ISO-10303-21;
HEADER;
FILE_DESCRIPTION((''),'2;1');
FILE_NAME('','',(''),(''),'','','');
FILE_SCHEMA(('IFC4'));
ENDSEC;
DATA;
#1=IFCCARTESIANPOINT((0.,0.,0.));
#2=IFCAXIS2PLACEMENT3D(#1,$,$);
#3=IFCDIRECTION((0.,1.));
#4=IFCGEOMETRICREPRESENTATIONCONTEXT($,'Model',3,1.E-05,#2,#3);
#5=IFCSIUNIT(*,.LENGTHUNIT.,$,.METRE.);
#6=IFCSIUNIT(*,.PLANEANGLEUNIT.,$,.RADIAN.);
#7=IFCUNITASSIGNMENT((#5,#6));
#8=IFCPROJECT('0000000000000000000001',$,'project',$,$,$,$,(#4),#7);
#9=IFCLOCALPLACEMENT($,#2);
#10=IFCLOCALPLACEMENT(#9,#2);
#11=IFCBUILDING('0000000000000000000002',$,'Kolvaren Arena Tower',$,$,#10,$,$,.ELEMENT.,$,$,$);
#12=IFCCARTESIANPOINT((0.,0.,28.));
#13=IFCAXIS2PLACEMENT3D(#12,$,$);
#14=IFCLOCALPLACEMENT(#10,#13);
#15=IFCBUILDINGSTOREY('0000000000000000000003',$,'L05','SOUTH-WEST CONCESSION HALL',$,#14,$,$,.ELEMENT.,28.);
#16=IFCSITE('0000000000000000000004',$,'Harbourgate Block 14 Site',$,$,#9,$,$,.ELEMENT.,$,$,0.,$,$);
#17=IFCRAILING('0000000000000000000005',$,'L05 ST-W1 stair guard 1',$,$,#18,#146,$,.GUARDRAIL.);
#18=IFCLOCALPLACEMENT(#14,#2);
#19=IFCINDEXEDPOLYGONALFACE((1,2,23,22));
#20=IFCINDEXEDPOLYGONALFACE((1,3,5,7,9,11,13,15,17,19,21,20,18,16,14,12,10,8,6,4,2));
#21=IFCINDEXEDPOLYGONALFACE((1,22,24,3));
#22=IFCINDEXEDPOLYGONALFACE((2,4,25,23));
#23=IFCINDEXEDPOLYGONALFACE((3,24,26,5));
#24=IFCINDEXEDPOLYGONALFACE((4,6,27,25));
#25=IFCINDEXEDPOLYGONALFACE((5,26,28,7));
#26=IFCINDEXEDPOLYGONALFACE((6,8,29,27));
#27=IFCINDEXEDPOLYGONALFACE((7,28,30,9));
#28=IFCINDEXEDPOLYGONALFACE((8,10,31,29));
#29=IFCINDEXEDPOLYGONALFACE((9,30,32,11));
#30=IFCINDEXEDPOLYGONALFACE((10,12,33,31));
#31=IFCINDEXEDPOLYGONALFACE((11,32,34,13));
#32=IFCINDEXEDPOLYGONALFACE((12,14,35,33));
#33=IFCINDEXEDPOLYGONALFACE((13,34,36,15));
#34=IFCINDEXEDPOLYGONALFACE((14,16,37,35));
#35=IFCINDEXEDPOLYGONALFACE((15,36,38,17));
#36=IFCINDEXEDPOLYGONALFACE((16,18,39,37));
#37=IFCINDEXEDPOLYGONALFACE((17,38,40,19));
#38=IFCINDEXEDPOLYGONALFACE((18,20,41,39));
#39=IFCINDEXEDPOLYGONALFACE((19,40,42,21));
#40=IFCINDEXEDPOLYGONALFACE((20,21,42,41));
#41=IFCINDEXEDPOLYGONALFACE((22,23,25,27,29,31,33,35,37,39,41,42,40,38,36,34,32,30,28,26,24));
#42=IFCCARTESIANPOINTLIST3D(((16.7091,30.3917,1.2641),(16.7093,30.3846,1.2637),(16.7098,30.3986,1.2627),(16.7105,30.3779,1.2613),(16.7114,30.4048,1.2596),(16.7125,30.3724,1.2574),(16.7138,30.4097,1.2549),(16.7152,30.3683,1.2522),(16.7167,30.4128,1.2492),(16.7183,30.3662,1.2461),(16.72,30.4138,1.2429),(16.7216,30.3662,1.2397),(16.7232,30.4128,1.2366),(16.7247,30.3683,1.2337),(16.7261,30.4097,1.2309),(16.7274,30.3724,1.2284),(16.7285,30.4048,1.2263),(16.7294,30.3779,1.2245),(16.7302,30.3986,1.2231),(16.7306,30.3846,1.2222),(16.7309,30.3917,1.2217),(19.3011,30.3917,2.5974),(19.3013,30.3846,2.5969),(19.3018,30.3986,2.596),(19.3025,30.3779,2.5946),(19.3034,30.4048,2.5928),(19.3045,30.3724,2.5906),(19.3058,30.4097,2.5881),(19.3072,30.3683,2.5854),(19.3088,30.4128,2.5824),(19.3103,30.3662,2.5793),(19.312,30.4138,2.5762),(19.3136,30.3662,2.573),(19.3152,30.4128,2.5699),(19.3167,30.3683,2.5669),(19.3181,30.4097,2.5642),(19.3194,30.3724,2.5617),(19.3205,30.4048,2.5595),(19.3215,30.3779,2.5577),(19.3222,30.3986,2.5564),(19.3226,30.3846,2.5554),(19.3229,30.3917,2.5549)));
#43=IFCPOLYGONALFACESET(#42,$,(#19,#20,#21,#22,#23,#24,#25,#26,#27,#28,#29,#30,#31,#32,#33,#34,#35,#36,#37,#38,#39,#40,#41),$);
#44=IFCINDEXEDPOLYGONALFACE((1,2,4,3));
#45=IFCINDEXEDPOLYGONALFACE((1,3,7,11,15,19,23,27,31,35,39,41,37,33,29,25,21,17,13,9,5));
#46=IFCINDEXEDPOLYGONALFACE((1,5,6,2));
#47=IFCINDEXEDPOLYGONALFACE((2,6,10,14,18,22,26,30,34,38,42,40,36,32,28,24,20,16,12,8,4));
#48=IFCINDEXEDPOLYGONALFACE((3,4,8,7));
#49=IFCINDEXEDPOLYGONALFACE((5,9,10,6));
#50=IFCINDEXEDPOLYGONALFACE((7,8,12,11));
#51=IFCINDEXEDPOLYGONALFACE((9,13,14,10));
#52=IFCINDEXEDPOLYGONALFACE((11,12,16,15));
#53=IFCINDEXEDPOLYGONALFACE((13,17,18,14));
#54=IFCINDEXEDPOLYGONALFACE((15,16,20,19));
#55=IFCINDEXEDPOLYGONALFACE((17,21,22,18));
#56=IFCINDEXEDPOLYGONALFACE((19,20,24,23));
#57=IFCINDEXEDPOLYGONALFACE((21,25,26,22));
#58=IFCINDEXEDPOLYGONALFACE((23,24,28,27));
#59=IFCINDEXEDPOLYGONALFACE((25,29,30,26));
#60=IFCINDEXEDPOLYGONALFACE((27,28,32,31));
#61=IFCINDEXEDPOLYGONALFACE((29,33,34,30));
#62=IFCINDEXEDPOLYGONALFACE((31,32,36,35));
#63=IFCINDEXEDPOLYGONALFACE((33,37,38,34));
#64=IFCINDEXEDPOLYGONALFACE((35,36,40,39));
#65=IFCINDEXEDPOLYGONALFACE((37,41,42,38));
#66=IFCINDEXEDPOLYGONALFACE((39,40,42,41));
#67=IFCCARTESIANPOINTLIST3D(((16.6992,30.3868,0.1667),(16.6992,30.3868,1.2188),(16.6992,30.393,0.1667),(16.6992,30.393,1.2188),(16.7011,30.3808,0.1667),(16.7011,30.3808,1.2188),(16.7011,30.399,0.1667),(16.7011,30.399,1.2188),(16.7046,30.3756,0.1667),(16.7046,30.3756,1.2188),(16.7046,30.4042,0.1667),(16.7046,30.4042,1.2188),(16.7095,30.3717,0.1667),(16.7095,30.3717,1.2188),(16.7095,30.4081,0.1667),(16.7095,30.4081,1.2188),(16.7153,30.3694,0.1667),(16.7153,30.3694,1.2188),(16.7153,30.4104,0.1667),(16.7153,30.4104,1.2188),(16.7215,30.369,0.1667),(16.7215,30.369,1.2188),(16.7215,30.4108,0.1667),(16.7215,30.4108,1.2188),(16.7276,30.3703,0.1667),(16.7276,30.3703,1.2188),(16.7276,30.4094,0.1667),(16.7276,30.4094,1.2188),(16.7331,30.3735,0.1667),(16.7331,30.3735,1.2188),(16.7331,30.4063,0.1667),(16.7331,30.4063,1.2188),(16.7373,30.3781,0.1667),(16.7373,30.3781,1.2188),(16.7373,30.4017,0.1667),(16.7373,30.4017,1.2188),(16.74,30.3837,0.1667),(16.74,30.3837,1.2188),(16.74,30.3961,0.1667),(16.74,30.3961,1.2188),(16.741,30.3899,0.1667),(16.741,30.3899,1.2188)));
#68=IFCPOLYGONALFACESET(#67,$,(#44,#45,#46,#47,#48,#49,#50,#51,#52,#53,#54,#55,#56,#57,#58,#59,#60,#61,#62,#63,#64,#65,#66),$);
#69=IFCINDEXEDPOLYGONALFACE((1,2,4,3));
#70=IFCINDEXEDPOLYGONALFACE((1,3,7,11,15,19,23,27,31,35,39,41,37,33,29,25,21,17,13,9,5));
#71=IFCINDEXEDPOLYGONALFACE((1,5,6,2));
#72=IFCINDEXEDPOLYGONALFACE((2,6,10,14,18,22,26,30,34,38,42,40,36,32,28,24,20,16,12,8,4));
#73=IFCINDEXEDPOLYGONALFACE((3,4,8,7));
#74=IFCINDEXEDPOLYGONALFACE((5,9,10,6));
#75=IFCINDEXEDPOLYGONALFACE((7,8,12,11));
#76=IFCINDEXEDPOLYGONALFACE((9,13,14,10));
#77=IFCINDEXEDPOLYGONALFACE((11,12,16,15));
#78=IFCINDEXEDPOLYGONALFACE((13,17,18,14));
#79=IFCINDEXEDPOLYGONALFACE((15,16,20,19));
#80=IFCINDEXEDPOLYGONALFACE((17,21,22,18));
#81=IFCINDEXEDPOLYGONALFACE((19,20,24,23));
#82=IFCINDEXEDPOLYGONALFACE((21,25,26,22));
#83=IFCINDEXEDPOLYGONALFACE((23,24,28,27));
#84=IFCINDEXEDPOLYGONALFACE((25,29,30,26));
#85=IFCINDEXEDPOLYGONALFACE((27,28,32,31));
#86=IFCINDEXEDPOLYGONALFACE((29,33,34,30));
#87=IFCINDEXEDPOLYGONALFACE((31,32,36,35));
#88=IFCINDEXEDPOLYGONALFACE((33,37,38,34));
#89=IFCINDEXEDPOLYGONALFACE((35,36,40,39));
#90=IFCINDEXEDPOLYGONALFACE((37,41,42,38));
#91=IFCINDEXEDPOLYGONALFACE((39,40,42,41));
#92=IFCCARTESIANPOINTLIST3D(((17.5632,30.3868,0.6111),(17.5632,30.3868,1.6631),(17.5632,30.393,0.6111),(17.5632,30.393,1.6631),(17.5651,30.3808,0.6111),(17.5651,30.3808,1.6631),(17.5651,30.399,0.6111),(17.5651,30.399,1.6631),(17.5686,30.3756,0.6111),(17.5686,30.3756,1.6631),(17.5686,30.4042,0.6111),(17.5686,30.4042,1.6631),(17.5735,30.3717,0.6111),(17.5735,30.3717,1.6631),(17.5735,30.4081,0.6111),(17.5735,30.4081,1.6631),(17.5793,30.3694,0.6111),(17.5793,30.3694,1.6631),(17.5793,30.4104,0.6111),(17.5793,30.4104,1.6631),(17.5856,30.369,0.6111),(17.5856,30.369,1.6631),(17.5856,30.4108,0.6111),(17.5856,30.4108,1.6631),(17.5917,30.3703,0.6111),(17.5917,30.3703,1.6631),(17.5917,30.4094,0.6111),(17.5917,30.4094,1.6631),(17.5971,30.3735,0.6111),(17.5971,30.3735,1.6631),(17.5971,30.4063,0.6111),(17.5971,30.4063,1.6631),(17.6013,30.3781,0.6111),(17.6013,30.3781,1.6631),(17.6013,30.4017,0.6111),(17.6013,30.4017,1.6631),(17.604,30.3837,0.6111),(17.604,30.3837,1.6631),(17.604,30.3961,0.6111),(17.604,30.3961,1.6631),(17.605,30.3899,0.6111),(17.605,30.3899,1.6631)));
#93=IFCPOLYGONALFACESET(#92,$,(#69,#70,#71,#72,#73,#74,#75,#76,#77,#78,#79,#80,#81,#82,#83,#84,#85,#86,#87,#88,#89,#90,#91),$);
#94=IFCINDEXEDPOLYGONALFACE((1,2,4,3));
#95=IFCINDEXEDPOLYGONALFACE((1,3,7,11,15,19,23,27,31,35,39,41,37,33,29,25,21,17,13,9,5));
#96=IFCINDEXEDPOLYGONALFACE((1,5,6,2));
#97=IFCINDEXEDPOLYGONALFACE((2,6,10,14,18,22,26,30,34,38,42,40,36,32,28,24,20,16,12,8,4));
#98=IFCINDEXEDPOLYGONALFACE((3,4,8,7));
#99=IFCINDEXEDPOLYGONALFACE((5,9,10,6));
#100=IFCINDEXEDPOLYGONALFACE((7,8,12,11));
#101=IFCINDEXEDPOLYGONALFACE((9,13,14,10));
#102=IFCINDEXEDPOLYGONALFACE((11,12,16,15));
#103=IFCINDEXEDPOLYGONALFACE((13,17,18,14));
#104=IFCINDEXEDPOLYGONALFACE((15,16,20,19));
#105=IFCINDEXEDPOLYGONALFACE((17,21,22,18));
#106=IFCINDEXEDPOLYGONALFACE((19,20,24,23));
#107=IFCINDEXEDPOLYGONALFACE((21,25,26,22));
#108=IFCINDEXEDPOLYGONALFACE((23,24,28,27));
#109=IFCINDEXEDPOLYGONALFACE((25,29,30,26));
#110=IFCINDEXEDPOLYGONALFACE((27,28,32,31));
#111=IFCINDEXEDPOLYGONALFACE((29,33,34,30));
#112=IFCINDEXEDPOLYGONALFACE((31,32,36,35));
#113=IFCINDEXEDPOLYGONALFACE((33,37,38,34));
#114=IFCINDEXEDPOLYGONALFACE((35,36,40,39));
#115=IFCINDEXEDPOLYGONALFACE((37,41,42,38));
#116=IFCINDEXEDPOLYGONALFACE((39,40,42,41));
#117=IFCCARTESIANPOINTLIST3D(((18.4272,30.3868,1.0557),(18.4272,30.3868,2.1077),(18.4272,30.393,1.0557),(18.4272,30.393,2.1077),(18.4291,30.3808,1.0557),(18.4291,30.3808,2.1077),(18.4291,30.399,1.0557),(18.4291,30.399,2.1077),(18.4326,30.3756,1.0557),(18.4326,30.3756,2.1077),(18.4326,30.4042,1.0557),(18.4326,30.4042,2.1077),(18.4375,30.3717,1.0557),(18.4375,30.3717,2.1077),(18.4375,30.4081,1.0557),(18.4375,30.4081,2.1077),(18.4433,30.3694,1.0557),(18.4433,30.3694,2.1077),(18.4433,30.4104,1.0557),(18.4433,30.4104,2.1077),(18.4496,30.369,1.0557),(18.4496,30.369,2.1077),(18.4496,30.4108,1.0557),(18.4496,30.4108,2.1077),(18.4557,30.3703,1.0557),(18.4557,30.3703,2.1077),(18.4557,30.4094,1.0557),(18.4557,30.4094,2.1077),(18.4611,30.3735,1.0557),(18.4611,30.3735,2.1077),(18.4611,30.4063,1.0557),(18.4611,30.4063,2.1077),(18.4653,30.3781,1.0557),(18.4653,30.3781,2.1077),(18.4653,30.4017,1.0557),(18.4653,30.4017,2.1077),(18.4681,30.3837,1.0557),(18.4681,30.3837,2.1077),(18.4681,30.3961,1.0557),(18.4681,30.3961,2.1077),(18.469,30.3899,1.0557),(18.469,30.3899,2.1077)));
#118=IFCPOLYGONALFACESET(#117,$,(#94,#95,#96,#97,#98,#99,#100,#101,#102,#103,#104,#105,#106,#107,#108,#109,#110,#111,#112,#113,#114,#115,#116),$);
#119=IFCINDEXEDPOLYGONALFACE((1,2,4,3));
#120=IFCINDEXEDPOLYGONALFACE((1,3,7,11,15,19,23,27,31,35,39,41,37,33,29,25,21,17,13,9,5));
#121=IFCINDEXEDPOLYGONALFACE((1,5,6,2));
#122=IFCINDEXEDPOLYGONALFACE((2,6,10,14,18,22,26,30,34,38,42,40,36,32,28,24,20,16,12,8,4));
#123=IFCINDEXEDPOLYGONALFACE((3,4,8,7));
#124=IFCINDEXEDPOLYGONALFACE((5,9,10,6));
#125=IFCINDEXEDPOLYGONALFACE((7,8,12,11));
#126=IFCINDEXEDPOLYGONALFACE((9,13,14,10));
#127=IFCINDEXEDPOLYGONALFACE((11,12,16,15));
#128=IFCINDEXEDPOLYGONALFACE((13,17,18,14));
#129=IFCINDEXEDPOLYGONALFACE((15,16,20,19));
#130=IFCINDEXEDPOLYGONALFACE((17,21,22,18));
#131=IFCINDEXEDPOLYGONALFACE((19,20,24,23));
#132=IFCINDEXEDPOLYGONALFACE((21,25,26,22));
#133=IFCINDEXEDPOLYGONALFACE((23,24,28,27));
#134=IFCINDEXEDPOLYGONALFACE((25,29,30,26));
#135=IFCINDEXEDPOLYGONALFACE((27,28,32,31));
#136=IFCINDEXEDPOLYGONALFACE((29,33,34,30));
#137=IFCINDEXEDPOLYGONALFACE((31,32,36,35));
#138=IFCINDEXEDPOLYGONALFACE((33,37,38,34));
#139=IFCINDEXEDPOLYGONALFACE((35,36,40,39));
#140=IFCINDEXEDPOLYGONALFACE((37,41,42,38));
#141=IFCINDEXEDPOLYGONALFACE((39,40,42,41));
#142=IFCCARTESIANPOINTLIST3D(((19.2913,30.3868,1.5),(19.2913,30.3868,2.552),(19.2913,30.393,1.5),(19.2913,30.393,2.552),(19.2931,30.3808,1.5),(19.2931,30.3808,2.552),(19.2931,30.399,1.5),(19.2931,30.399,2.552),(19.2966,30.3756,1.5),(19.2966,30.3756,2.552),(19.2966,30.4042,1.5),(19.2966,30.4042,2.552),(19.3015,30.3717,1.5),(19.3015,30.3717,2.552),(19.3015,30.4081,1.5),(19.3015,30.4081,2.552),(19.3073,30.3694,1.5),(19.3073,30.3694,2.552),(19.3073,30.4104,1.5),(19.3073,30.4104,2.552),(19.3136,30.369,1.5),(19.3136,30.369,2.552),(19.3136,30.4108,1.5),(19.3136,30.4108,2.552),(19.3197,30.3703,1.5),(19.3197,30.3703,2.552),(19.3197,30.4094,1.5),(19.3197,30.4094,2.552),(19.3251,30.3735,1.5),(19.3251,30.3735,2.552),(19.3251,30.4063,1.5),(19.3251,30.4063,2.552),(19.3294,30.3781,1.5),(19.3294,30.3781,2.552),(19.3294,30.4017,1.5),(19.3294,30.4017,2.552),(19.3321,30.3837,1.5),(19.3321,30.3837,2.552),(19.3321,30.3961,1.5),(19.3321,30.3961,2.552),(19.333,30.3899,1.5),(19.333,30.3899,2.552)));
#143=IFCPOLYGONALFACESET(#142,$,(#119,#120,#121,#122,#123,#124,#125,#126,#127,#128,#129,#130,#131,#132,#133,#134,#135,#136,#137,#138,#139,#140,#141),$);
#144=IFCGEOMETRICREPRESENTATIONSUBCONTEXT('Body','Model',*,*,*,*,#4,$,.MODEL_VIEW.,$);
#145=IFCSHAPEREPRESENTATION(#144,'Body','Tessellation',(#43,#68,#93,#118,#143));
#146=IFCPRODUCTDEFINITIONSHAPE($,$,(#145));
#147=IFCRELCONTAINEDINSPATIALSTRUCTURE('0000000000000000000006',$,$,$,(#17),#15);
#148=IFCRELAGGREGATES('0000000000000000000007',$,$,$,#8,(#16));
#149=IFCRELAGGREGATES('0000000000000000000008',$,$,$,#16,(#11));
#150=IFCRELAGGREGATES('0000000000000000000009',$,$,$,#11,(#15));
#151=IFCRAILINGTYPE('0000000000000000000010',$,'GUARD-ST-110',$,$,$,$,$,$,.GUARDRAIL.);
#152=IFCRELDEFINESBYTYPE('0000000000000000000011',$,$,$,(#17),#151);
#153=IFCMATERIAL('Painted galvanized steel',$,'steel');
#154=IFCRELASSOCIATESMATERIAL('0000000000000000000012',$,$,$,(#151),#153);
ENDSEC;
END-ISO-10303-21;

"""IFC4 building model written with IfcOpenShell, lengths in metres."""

from ifc_helpers import new_model, si_unit, direction, frame, origin, origin_2d, place, context, subcontext, project, spatial, circle, extrude, material, type_object, element, save


model = new_model("IFC4")

# Units and contexts
model_context = context("Model", 3, precision=1e-05, world=origin(), true_north=direction((0.0, 1.0)))
body_context = subcontext(model_context, "Body", "Model", "MODEL_VIEW")
ifc_project = project(units=[si_unit("LENGTHUNIT", "METRE"), si_unit("PLANEANGLEUNIT", "RADIAN")], contexts=[model_context])

# Site, building, storey
site_placement = place(None, origin())
site = spatial("IfcSite", under=ifc_project, at=site_placement, Name="Harbourgate Block 14 Site", CompositionType="ELEMENT", RefElevation=0.0)
building_placement = place(site_placement, origin())
building = spatial("IfcBuilding", under=site, at=building_placement, Name="Kolvaren Arena Tower", CompositionType="ELEMENT")
storey_placement = place(building_placement, frame((0.0, 0.0, 28.0)))
storey = spatial("IfcBuildingStorey", under=building, at=storey_placement, Name="L05", Description="SOUTH-WEST CONCESSION HALL", CompositionType="ELEMENT", Elevation=28.0)

# Railing
ifc_material_1 = material(Name="Painted galvanized steel", Category="steel")
railing_type_1 = type_object("IfcRailingType", Name="GUARD-ST-110", PredefinedType="GUARDRAIL", material=ifc_material_1)
railing_1_placement = place(storey_placement, frame((16.72, 30.3899, 0.1667)))
element("IfcRailing", 1, at=railing_1_placement, inside=storey, type_object=railing_type_1, Name="L05 ST-W1 stair guard 1", PredefinedType="GUARDRAIL", context=body_context, shape_type="SweptSolid", body=[
    extrude(circle(Radius=0.0239, at=origin_2d()), frame((0.0, 0.0, 1.0762), z_axis=(0.88926, 0.0, 0.457403), x_axis=(0.0, 1.0, 0.0)), (0.0, 0.0, 1.0), 2.9148),
    extrude(circle(Radius=0.021, at=origin_2d()), origin(), (0.0, 0.0, 1.0), 1.052),
    extrude(circle(Radius=0.021, at=origin_2d()), frame((0.864, 0.0, 0.4443)), (0.0, 0.0, 1.0), 1.052),
    extrude(circle(Radius=0.021, at=origin_2d()), frame((1.728, 0.0, 0.8889)), (0.0, 0.0, 1.0), 1.052),
    extrude(circle(Radius=0.021, at=origin_2d()), frame((2.592, 0.0, 1.3333)), (0.0, 0.0, 1.0), 1.052),
])

save(model, "model.ifc")
